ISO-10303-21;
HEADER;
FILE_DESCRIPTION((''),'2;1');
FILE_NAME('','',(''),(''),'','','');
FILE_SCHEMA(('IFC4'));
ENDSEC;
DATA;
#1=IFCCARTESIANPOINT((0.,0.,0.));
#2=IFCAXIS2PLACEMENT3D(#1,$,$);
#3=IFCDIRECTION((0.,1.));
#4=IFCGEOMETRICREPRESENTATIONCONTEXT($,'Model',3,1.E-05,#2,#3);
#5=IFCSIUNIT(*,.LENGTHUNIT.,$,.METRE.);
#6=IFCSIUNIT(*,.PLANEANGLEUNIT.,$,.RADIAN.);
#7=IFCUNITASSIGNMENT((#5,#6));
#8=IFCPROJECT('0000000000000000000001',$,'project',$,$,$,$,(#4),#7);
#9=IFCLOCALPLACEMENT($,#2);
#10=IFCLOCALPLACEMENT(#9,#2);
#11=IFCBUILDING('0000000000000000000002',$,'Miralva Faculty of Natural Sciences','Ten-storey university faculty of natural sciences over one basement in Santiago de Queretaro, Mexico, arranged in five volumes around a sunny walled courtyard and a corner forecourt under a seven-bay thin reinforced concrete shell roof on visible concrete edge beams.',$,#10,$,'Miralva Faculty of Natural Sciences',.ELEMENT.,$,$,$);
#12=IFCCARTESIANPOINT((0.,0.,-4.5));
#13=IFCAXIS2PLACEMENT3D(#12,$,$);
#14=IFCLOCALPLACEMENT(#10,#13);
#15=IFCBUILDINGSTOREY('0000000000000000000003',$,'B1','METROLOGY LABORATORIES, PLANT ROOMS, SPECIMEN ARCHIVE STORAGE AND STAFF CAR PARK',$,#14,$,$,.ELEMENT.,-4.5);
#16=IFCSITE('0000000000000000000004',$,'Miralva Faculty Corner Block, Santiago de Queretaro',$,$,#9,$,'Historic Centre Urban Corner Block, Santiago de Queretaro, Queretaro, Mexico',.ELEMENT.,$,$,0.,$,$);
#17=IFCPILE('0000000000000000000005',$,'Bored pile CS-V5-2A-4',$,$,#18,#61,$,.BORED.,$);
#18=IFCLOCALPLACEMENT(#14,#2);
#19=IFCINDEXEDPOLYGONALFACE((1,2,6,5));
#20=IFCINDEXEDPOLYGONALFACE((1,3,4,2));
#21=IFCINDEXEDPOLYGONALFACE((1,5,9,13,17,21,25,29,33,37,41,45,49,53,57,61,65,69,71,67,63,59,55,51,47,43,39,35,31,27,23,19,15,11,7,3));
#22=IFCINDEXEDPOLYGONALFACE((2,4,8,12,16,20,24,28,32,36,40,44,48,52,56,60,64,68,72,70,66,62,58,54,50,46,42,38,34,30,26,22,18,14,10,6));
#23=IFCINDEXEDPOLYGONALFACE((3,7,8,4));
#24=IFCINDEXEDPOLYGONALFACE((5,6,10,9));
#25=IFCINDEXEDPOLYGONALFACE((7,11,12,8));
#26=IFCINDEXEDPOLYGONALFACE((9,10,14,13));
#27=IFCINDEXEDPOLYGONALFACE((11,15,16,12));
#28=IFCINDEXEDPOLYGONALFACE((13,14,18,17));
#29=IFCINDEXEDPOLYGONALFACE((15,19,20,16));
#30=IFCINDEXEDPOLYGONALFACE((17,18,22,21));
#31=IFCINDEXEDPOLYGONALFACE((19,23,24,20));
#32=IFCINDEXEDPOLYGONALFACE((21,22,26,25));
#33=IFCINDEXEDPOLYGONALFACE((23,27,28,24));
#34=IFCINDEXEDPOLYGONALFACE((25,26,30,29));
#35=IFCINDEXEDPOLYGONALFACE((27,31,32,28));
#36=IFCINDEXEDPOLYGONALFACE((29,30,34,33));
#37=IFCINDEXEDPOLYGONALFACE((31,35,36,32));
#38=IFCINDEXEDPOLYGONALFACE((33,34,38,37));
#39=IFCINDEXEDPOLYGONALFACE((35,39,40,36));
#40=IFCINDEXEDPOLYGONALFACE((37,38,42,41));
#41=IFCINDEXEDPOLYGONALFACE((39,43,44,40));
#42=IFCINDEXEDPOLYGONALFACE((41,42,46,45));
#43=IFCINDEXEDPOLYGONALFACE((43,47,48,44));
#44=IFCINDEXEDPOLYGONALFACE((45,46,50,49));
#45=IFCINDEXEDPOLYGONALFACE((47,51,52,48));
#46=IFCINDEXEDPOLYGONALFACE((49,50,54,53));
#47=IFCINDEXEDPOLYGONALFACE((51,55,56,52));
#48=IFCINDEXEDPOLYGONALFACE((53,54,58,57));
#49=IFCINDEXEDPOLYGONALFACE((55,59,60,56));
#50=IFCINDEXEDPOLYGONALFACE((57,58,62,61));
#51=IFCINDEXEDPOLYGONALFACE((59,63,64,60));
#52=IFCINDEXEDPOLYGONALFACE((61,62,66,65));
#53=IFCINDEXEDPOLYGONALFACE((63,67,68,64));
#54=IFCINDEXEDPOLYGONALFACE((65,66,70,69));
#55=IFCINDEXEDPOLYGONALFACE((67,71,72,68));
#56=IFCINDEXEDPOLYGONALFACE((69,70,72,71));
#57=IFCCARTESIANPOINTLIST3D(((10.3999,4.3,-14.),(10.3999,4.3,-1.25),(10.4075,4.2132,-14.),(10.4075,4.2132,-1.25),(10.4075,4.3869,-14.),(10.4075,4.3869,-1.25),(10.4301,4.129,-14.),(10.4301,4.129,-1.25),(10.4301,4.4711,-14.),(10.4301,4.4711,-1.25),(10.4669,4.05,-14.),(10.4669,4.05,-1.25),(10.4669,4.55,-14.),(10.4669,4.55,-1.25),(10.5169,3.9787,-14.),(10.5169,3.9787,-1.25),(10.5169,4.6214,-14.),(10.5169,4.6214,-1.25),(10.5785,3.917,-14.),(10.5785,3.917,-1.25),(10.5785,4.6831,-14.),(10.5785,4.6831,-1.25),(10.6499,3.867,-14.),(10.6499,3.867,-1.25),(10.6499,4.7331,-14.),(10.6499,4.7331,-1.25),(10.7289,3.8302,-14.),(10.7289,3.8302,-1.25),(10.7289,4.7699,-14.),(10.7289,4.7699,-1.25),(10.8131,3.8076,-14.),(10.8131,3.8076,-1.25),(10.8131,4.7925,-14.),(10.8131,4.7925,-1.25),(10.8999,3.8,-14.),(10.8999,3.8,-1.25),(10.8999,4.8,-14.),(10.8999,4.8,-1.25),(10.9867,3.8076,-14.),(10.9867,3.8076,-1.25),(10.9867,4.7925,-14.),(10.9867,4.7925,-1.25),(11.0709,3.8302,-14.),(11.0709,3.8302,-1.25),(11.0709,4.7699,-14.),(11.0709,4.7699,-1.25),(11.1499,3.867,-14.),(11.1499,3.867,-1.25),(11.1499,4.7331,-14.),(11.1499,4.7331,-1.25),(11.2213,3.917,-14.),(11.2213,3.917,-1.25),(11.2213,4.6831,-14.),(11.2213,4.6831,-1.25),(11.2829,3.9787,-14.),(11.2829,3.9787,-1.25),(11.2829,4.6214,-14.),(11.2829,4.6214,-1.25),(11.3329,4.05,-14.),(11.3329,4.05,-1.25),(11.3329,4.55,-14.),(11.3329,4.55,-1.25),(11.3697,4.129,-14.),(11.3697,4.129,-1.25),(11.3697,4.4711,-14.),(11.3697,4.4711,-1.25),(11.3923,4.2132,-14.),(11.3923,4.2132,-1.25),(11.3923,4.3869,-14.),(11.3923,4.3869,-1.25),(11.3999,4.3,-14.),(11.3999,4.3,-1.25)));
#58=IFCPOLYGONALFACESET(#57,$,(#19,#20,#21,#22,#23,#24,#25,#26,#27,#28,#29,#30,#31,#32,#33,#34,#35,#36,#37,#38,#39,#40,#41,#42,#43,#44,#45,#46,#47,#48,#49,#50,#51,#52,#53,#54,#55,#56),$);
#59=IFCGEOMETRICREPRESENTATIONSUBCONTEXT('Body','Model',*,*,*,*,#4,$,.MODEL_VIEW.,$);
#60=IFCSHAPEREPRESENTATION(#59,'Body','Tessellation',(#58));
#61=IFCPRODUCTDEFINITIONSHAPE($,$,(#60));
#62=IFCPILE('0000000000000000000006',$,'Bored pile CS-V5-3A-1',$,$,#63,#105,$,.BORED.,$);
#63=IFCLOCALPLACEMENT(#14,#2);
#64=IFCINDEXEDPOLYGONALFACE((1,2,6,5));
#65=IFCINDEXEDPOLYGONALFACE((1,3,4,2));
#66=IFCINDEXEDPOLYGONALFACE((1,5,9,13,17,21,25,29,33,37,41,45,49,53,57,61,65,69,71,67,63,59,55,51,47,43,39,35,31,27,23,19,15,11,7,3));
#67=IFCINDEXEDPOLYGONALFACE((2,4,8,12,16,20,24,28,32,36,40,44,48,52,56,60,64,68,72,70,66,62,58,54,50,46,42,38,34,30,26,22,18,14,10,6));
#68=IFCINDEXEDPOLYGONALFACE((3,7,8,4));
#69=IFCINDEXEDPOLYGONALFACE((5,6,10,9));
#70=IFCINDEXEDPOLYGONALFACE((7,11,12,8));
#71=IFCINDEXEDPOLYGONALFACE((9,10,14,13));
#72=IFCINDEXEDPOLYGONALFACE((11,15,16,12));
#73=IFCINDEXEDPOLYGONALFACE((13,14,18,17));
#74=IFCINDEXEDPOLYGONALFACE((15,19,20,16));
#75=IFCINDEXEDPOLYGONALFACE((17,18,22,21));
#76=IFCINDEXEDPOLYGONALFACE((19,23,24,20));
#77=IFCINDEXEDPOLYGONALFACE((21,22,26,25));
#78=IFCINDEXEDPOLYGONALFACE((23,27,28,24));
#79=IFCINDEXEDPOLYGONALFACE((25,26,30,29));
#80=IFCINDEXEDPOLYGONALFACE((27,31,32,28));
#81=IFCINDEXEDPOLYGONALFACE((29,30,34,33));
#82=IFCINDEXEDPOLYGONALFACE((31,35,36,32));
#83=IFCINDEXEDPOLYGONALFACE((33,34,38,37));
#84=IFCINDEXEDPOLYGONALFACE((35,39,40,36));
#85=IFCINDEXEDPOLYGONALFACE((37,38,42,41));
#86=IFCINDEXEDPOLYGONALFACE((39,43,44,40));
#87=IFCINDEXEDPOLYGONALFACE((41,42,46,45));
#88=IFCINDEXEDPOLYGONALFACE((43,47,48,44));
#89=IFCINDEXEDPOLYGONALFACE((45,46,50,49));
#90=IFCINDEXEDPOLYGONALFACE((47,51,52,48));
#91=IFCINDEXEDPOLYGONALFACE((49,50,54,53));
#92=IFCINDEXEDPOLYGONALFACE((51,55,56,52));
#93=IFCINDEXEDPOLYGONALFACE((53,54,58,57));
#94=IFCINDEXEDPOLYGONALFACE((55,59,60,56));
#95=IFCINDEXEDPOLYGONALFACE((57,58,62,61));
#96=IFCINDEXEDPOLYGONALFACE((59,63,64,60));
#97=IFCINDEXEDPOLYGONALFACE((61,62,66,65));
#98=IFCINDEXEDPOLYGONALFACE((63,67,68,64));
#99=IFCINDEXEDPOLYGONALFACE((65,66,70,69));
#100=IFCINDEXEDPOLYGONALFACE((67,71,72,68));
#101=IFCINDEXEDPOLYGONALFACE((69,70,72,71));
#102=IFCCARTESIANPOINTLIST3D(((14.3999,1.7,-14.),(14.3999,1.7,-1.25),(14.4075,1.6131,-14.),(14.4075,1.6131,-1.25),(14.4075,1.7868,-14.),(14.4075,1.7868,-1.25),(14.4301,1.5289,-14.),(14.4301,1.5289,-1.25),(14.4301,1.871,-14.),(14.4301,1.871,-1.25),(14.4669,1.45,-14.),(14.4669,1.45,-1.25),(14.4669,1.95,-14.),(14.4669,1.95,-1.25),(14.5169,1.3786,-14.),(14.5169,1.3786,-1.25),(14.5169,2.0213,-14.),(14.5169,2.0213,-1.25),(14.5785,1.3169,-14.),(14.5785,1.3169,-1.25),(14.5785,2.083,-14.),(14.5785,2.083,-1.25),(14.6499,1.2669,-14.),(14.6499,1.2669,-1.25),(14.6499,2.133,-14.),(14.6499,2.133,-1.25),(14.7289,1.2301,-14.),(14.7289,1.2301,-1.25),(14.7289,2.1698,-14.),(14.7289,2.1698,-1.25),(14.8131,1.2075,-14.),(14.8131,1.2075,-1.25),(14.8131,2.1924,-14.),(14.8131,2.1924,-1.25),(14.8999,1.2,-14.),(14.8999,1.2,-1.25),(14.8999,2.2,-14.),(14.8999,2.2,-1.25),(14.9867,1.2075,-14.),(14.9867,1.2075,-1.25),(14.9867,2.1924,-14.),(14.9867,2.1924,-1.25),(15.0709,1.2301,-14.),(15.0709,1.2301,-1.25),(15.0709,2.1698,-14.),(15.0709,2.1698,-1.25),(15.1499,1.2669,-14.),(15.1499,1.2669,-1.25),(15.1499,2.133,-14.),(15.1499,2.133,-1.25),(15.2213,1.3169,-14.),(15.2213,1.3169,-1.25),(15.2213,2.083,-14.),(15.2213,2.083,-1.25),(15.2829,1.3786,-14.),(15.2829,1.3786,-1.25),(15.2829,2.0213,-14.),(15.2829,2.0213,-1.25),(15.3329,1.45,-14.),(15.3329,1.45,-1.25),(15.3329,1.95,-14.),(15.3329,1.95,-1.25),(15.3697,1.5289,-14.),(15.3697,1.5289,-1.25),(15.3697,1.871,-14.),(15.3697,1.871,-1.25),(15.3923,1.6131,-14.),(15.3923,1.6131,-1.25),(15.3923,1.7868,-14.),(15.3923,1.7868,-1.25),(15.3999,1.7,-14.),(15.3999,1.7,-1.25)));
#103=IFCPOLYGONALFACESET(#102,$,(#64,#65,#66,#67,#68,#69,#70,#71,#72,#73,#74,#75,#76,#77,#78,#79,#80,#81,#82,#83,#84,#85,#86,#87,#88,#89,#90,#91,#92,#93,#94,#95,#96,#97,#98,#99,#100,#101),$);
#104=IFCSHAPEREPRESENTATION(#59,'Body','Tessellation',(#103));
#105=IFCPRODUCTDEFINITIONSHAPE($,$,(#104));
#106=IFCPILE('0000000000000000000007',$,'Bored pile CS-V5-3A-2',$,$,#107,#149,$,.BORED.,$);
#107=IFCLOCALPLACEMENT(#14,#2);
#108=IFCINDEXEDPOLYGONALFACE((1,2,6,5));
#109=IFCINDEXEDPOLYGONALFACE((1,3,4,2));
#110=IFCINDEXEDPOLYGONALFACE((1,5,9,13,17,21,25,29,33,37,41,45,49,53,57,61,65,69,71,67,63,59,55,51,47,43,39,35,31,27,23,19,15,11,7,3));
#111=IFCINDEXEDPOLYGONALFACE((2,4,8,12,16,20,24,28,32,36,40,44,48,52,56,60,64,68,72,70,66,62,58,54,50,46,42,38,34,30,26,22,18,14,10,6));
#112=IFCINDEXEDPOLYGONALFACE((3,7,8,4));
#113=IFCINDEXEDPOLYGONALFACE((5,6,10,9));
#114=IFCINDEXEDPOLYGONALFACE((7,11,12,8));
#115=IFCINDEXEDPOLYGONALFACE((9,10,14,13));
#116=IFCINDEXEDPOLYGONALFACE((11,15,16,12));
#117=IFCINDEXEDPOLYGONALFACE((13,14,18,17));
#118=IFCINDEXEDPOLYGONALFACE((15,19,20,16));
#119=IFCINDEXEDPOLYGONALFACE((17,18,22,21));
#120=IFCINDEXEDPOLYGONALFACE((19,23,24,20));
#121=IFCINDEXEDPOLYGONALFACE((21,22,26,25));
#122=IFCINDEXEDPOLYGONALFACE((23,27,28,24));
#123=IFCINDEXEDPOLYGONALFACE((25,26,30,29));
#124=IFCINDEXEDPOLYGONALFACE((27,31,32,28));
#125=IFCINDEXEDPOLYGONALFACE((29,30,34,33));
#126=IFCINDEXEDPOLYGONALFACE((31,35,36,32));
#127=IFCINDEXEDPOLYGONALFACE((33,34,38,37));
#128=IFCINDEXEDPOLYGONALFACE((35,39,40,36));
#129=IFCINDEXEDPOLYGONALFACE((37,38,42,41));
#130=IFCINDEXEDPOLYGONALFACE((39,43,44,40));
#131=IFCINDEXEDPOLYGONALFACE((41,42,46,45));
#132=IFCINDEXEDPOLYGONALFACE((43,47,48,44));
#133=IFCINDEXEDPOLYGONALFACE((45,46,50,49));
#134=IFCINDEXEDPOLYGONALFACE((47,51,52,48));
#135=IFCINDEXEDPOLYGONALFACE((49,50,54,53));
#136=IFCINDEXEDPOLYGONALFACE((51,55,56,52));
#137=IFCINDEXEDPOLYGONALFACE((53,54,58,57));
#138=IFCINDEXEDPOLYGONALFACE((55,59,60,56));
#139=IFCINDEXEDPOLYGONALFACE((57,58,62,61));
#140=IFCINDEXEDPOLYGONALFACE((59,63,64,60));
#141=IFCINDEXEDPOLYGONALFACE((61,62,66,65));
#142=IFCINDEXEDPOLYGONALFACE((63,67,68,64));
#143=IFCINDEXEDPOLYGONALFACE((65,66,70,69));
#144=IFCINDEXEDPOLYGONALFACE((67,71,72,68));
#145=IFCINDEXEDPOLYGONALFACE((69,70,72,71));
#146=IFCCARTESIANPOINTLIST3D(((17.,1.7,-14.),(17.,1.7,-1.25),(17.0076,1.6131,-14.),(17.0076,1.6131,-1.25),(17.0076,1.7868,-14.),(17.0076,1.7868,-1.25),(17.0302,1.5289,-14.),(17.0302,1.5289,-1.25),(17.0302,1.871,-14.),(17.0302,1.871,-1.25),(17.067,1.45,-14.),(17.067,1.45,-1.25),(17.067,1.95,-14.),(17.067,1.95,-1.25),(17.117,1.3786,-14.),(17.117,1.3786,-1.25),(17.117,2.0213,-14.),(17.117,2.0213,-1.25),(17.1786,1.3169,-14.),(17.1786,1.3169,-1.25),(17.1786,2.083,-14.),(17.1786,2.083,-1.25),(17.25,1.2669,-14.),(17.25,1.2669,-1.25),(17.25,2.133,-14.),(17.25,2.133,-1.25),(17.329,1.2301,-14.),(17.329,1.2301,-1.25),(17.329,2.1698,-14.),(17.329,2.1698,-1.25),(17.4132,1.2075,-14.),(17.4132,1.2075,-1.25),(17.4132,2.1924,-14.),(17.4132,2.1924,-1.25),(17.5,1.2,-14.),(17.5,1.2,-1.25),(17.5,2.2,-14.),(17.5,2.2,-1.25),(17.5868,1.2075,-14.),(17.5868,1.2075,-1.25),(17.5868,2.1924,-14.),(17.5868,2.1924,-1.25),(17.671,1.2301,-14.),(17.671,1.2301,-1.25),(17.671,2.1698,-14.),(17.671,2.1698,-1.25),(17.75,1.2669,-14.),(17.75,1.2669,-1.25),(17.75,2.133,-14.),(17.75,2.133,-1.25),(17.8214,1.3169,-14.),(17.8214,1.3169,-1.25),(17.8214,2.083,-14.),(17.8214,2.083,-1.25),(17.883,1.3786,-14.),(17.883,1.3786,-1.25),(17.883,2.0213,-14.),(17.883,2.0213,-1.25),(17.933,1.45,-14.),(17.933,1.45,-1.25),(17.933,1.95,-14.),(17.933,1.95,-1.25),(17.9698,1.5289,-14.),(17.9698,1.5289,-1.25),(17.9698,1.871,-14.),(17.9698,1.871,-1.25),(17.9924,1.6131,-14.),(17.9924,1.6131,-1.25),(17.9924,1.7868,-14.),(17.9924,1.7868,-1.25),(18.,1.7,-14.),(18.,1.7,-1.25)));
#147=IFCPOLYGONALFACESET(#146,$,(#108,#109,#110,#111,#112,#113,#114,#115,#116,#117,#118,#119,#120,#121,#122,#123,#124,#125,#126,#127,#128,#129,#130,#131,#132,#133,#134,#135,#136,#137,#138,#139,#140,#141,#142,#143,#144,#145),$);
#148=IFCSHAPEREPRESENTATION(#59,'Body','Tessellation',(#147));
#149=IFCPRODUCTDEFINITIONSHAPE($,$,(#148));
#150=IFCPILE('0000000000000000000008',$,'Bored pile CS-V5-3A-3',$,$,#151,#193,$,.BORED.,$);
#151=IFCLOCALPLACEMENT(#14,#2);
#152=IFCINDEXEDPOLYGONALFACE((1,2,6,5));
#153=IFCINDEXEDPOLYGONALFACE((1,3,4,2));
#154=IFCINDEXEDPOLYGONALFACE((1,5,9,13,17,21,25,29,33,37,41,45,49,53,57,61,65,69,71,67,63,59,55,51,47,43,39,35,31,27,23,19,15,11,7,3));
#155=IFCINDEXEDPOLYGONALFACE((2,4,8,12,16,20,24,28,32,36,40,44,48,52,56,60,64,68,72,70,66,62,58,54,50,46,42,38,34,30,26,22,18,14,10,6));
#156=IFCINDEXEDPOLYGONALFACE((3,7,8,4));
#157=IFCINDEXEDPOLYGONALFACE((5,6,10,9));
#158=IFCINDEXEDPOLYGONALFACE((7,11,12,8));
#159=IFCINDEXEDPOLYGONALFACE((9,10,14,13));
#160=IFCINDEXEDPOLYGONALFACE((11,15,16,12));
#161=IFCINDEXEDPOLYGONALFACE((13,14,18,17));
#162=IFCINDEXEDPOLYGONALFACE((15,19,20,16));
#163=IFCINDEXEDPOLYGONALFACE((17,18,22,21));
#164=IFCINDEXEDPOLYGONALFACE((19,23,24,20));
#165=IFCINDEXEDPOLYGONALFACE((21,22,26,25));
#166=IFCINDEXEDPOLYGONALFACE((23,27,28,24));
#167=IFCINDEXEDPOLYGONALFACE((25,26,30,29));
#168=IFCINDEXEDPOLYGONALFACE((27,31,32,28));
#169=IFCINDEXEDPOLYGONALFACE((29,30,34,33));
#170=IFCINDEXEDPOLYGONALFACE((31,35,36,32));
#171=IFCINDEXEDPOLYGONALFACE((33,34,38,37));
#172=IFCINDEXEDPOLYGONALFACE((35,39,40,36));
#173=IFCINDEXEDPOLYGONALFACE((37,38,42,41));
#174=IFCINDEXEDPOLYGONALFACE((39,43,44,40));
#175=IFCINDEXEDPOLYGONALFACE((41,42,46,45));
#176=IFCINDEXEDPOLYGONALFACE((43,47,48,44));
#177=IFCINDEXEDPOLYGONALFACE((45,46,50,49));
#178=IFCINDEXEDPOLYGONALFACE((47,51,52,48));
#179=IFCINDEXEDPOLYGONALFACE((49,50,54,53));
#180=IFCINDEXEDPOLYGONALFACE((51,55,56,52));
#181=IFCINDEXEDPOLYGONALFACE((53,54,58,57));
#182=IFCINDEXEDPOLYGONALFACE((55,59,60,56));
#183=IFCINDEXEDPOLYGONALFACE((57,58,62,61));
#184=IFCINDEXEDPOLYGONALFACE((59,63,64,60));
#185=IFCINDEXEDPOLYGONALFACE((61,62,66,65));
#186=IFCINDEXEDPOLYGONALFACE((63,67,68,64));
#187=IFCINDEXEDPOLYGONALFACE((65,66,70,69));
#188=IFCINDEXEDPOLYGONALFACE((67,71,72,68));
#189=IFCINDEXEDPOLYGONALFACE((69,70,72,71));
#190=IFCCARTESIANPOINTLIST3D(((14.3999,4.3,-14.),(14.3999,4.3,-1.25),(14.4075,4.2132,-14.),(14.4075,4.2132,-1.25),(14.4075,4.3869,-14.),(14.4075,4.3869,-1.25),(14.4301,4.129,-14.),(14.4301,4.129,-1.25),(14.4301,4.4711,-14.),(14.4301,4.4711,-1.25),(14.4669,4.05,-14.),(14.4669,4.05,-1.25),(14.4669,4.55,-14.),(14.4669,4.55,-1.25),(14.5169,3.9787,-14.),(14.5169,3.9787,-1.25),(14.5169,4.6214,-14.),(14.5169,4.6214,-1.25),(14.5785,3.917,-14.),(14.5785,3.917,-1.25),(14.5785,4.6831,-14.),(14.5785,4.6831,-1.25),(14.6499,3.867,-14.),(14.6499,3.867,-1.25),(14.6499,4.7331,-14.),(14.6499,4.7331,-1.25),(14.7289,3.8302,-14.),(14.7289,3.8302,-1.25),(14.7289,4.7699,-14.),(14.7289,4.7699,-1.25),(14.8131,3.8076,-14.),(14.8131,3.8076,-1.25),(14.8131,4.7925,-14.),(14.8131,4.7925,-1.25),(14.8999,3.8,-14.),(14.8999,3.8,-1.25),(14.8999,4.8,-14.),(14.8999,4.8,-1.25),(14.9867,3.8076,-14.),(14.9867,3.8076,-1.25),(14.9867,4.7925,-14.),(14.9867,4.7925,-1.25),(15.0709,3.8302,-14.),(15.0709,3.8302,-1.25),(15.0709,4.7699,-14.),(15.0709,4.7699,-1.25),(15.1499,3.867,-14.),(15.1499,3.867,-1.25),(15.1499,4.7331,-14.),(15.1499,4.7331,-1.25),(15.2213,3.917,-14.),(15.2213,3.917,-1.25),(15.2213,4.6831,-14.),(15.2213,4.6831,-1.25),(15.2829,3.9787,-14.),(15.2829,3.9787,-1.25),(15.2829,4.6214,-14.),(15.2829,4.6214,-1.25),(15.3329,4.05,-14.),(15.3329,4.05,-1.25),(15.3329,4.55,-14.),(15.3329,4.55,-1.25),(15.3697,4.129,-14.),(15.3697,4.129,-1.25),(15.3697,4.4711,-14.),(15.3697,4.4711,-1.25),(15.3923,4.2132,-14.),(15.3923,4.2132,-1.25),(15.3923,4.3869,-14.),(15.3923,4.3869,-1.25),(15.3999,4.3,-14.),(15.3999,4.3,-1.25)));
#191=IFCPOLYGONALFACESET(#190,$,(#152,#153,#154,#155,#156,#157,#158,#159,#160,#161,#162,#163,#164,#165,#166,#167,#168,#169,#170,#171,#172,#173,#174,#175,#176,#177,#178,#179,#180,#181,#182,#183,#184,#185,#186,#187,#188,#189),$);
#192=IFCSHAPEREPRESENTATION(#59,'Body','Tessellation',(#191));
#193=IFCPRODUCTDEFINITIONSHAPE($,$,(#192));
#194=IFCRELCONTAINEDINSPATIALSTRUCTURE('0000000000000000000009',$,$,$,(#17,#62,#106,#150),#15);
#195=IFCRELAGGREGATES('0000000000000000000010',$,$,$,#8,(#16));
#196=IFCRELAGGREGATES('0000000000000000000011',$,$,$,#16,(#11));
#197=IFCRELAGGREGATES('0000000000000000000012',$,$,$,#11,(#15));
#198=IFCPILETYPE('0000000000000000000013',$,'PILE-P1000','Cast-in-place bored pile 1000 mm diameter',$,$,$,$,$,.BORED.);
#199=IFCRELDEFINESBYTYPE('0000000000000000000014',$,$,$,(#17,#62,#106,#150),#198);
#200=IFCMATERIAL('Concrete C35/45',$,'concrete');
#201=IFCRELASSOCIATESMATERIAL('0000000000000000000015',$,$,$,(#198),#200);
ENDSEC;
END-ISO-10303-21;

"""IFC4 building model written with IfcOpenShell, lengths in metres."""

from ifc_helpers import new_model, si_unit, direction, frame, origin, origin_2d, place, context, subcontext, project, spatial, circle, extrude, material, material_profile, profile_set, type_object, element, save


model = new_model("IFC4")

# Units and contexts
model_context = context("Model", 3, precision=1e-05, world=origin(), true_north=direction((0.0, 1.0)))
body_context = subcontext(model_context, "Body", "Model", "MODEL_VIEW")
ifc_project = project(units=[si_unit("LENGTHUNIT", "METRE"), si_unit("PLANEANGLEUNIT", "RADIAN")], contexts=[model_context])

# Site, building, storey
site_placement = place(None, origin())
site = spatial("IfcSite", under=ifc_project, at=site_placement, Name="Miralva Faculty Corner Block, Santiago de Queretaro", LongName="Historic Centre Urban Corner Block, Santiago de Queretaro, Queretaro, Mexico", CompositionType="ELEMENT", RefElevation=0.0)
building_placement = place(site_placement, origin())
building = spatial("IfcBuilding", under=site, at=building_placement, Name="Miralva Faculty of Natural Sciences", Description="Ten-storey university faculty of natural sciences over one basement in Santiago de Queretaro, Mexico, arranged in five volumes around a sunny walled courtyard and a corner forecourt under a seven-bay thin reinforced concrete shell roof on visible concrete edge beams.", LongName="Miralva Faculty of Natural Sciences", CompositionType="ELEMENT")
storey_placement = place(building_placement, frame((0.0, 0.0, -4.5)))
storey = spatial("IfcBuildingStorey", under=building, at=storey_placement, Name="B1", Description="METROLOGY LABORATORIES, PLANT ROOMS, SPECIMEN ARCHIVE STORAGE AND STAFF CAR PARK", CompositionType="ELEMENT", Elevation=-4.5)

# Shared definitions
ifc_material_1 = material(Name="Concrete C35/45", Category="concrete")

# Piles
ifc_material_profile_1 = material_profile(ifc_material_1, circle(Radius=0.5, at=origin_2d()), Name="BORED PILE 1000")
ifc_profile_set_1 = profile_set([ifc_material_profile_1], Name="Concrete C35/45")
pile_type = type_object("IfcPileType", Name="PILE-P1000", Description="Cast-in-place bored pile 1000 mm diameter", PredefinedType="BORED", material=ifc_profile_set_1)
for number, where, z_axis, x_axis, name in (
    (1, (10.8999, 4.3, -1.25), (0.0, 0.0, -1.0), (1.0, 0.0, 0.0), "Bored pile CS-V5-2A-4"),
    (2, (14.8999, 1.7, -1.25), (0.0, 0.0, -1.0), (1.0, 0.0, 0.0), "Bored pile CS-V5-3A-1"),
    (3, (17.5, 1.7, -1.25), (0.0, 0.0, -1.0), (1.0, 0.0, 0.0), "Bored pile CS-V5-3A-2"),
    (4, (14.8999, 4.3, -1.25), (0.0, 0.0, -1.0), (1.0, 0.0, 0.0), "Bored pile CS-V5-3A-3"),
):
    element("IfcPile", number, at=place(storey_placement, frame(where, z_axis=z_axis, x_axis=x_axis)), inside=storey, type_object=pile_type, Name=name, PredefinedType="BORED", context=body_context, shape_type="SweptSolid", body=[
        extrude(circle(Radius=0.5, at=origin_2d()), origin(), (0.0, 0.0, 1.0), 12.75),
    ])

save(model, "model.ifc")
